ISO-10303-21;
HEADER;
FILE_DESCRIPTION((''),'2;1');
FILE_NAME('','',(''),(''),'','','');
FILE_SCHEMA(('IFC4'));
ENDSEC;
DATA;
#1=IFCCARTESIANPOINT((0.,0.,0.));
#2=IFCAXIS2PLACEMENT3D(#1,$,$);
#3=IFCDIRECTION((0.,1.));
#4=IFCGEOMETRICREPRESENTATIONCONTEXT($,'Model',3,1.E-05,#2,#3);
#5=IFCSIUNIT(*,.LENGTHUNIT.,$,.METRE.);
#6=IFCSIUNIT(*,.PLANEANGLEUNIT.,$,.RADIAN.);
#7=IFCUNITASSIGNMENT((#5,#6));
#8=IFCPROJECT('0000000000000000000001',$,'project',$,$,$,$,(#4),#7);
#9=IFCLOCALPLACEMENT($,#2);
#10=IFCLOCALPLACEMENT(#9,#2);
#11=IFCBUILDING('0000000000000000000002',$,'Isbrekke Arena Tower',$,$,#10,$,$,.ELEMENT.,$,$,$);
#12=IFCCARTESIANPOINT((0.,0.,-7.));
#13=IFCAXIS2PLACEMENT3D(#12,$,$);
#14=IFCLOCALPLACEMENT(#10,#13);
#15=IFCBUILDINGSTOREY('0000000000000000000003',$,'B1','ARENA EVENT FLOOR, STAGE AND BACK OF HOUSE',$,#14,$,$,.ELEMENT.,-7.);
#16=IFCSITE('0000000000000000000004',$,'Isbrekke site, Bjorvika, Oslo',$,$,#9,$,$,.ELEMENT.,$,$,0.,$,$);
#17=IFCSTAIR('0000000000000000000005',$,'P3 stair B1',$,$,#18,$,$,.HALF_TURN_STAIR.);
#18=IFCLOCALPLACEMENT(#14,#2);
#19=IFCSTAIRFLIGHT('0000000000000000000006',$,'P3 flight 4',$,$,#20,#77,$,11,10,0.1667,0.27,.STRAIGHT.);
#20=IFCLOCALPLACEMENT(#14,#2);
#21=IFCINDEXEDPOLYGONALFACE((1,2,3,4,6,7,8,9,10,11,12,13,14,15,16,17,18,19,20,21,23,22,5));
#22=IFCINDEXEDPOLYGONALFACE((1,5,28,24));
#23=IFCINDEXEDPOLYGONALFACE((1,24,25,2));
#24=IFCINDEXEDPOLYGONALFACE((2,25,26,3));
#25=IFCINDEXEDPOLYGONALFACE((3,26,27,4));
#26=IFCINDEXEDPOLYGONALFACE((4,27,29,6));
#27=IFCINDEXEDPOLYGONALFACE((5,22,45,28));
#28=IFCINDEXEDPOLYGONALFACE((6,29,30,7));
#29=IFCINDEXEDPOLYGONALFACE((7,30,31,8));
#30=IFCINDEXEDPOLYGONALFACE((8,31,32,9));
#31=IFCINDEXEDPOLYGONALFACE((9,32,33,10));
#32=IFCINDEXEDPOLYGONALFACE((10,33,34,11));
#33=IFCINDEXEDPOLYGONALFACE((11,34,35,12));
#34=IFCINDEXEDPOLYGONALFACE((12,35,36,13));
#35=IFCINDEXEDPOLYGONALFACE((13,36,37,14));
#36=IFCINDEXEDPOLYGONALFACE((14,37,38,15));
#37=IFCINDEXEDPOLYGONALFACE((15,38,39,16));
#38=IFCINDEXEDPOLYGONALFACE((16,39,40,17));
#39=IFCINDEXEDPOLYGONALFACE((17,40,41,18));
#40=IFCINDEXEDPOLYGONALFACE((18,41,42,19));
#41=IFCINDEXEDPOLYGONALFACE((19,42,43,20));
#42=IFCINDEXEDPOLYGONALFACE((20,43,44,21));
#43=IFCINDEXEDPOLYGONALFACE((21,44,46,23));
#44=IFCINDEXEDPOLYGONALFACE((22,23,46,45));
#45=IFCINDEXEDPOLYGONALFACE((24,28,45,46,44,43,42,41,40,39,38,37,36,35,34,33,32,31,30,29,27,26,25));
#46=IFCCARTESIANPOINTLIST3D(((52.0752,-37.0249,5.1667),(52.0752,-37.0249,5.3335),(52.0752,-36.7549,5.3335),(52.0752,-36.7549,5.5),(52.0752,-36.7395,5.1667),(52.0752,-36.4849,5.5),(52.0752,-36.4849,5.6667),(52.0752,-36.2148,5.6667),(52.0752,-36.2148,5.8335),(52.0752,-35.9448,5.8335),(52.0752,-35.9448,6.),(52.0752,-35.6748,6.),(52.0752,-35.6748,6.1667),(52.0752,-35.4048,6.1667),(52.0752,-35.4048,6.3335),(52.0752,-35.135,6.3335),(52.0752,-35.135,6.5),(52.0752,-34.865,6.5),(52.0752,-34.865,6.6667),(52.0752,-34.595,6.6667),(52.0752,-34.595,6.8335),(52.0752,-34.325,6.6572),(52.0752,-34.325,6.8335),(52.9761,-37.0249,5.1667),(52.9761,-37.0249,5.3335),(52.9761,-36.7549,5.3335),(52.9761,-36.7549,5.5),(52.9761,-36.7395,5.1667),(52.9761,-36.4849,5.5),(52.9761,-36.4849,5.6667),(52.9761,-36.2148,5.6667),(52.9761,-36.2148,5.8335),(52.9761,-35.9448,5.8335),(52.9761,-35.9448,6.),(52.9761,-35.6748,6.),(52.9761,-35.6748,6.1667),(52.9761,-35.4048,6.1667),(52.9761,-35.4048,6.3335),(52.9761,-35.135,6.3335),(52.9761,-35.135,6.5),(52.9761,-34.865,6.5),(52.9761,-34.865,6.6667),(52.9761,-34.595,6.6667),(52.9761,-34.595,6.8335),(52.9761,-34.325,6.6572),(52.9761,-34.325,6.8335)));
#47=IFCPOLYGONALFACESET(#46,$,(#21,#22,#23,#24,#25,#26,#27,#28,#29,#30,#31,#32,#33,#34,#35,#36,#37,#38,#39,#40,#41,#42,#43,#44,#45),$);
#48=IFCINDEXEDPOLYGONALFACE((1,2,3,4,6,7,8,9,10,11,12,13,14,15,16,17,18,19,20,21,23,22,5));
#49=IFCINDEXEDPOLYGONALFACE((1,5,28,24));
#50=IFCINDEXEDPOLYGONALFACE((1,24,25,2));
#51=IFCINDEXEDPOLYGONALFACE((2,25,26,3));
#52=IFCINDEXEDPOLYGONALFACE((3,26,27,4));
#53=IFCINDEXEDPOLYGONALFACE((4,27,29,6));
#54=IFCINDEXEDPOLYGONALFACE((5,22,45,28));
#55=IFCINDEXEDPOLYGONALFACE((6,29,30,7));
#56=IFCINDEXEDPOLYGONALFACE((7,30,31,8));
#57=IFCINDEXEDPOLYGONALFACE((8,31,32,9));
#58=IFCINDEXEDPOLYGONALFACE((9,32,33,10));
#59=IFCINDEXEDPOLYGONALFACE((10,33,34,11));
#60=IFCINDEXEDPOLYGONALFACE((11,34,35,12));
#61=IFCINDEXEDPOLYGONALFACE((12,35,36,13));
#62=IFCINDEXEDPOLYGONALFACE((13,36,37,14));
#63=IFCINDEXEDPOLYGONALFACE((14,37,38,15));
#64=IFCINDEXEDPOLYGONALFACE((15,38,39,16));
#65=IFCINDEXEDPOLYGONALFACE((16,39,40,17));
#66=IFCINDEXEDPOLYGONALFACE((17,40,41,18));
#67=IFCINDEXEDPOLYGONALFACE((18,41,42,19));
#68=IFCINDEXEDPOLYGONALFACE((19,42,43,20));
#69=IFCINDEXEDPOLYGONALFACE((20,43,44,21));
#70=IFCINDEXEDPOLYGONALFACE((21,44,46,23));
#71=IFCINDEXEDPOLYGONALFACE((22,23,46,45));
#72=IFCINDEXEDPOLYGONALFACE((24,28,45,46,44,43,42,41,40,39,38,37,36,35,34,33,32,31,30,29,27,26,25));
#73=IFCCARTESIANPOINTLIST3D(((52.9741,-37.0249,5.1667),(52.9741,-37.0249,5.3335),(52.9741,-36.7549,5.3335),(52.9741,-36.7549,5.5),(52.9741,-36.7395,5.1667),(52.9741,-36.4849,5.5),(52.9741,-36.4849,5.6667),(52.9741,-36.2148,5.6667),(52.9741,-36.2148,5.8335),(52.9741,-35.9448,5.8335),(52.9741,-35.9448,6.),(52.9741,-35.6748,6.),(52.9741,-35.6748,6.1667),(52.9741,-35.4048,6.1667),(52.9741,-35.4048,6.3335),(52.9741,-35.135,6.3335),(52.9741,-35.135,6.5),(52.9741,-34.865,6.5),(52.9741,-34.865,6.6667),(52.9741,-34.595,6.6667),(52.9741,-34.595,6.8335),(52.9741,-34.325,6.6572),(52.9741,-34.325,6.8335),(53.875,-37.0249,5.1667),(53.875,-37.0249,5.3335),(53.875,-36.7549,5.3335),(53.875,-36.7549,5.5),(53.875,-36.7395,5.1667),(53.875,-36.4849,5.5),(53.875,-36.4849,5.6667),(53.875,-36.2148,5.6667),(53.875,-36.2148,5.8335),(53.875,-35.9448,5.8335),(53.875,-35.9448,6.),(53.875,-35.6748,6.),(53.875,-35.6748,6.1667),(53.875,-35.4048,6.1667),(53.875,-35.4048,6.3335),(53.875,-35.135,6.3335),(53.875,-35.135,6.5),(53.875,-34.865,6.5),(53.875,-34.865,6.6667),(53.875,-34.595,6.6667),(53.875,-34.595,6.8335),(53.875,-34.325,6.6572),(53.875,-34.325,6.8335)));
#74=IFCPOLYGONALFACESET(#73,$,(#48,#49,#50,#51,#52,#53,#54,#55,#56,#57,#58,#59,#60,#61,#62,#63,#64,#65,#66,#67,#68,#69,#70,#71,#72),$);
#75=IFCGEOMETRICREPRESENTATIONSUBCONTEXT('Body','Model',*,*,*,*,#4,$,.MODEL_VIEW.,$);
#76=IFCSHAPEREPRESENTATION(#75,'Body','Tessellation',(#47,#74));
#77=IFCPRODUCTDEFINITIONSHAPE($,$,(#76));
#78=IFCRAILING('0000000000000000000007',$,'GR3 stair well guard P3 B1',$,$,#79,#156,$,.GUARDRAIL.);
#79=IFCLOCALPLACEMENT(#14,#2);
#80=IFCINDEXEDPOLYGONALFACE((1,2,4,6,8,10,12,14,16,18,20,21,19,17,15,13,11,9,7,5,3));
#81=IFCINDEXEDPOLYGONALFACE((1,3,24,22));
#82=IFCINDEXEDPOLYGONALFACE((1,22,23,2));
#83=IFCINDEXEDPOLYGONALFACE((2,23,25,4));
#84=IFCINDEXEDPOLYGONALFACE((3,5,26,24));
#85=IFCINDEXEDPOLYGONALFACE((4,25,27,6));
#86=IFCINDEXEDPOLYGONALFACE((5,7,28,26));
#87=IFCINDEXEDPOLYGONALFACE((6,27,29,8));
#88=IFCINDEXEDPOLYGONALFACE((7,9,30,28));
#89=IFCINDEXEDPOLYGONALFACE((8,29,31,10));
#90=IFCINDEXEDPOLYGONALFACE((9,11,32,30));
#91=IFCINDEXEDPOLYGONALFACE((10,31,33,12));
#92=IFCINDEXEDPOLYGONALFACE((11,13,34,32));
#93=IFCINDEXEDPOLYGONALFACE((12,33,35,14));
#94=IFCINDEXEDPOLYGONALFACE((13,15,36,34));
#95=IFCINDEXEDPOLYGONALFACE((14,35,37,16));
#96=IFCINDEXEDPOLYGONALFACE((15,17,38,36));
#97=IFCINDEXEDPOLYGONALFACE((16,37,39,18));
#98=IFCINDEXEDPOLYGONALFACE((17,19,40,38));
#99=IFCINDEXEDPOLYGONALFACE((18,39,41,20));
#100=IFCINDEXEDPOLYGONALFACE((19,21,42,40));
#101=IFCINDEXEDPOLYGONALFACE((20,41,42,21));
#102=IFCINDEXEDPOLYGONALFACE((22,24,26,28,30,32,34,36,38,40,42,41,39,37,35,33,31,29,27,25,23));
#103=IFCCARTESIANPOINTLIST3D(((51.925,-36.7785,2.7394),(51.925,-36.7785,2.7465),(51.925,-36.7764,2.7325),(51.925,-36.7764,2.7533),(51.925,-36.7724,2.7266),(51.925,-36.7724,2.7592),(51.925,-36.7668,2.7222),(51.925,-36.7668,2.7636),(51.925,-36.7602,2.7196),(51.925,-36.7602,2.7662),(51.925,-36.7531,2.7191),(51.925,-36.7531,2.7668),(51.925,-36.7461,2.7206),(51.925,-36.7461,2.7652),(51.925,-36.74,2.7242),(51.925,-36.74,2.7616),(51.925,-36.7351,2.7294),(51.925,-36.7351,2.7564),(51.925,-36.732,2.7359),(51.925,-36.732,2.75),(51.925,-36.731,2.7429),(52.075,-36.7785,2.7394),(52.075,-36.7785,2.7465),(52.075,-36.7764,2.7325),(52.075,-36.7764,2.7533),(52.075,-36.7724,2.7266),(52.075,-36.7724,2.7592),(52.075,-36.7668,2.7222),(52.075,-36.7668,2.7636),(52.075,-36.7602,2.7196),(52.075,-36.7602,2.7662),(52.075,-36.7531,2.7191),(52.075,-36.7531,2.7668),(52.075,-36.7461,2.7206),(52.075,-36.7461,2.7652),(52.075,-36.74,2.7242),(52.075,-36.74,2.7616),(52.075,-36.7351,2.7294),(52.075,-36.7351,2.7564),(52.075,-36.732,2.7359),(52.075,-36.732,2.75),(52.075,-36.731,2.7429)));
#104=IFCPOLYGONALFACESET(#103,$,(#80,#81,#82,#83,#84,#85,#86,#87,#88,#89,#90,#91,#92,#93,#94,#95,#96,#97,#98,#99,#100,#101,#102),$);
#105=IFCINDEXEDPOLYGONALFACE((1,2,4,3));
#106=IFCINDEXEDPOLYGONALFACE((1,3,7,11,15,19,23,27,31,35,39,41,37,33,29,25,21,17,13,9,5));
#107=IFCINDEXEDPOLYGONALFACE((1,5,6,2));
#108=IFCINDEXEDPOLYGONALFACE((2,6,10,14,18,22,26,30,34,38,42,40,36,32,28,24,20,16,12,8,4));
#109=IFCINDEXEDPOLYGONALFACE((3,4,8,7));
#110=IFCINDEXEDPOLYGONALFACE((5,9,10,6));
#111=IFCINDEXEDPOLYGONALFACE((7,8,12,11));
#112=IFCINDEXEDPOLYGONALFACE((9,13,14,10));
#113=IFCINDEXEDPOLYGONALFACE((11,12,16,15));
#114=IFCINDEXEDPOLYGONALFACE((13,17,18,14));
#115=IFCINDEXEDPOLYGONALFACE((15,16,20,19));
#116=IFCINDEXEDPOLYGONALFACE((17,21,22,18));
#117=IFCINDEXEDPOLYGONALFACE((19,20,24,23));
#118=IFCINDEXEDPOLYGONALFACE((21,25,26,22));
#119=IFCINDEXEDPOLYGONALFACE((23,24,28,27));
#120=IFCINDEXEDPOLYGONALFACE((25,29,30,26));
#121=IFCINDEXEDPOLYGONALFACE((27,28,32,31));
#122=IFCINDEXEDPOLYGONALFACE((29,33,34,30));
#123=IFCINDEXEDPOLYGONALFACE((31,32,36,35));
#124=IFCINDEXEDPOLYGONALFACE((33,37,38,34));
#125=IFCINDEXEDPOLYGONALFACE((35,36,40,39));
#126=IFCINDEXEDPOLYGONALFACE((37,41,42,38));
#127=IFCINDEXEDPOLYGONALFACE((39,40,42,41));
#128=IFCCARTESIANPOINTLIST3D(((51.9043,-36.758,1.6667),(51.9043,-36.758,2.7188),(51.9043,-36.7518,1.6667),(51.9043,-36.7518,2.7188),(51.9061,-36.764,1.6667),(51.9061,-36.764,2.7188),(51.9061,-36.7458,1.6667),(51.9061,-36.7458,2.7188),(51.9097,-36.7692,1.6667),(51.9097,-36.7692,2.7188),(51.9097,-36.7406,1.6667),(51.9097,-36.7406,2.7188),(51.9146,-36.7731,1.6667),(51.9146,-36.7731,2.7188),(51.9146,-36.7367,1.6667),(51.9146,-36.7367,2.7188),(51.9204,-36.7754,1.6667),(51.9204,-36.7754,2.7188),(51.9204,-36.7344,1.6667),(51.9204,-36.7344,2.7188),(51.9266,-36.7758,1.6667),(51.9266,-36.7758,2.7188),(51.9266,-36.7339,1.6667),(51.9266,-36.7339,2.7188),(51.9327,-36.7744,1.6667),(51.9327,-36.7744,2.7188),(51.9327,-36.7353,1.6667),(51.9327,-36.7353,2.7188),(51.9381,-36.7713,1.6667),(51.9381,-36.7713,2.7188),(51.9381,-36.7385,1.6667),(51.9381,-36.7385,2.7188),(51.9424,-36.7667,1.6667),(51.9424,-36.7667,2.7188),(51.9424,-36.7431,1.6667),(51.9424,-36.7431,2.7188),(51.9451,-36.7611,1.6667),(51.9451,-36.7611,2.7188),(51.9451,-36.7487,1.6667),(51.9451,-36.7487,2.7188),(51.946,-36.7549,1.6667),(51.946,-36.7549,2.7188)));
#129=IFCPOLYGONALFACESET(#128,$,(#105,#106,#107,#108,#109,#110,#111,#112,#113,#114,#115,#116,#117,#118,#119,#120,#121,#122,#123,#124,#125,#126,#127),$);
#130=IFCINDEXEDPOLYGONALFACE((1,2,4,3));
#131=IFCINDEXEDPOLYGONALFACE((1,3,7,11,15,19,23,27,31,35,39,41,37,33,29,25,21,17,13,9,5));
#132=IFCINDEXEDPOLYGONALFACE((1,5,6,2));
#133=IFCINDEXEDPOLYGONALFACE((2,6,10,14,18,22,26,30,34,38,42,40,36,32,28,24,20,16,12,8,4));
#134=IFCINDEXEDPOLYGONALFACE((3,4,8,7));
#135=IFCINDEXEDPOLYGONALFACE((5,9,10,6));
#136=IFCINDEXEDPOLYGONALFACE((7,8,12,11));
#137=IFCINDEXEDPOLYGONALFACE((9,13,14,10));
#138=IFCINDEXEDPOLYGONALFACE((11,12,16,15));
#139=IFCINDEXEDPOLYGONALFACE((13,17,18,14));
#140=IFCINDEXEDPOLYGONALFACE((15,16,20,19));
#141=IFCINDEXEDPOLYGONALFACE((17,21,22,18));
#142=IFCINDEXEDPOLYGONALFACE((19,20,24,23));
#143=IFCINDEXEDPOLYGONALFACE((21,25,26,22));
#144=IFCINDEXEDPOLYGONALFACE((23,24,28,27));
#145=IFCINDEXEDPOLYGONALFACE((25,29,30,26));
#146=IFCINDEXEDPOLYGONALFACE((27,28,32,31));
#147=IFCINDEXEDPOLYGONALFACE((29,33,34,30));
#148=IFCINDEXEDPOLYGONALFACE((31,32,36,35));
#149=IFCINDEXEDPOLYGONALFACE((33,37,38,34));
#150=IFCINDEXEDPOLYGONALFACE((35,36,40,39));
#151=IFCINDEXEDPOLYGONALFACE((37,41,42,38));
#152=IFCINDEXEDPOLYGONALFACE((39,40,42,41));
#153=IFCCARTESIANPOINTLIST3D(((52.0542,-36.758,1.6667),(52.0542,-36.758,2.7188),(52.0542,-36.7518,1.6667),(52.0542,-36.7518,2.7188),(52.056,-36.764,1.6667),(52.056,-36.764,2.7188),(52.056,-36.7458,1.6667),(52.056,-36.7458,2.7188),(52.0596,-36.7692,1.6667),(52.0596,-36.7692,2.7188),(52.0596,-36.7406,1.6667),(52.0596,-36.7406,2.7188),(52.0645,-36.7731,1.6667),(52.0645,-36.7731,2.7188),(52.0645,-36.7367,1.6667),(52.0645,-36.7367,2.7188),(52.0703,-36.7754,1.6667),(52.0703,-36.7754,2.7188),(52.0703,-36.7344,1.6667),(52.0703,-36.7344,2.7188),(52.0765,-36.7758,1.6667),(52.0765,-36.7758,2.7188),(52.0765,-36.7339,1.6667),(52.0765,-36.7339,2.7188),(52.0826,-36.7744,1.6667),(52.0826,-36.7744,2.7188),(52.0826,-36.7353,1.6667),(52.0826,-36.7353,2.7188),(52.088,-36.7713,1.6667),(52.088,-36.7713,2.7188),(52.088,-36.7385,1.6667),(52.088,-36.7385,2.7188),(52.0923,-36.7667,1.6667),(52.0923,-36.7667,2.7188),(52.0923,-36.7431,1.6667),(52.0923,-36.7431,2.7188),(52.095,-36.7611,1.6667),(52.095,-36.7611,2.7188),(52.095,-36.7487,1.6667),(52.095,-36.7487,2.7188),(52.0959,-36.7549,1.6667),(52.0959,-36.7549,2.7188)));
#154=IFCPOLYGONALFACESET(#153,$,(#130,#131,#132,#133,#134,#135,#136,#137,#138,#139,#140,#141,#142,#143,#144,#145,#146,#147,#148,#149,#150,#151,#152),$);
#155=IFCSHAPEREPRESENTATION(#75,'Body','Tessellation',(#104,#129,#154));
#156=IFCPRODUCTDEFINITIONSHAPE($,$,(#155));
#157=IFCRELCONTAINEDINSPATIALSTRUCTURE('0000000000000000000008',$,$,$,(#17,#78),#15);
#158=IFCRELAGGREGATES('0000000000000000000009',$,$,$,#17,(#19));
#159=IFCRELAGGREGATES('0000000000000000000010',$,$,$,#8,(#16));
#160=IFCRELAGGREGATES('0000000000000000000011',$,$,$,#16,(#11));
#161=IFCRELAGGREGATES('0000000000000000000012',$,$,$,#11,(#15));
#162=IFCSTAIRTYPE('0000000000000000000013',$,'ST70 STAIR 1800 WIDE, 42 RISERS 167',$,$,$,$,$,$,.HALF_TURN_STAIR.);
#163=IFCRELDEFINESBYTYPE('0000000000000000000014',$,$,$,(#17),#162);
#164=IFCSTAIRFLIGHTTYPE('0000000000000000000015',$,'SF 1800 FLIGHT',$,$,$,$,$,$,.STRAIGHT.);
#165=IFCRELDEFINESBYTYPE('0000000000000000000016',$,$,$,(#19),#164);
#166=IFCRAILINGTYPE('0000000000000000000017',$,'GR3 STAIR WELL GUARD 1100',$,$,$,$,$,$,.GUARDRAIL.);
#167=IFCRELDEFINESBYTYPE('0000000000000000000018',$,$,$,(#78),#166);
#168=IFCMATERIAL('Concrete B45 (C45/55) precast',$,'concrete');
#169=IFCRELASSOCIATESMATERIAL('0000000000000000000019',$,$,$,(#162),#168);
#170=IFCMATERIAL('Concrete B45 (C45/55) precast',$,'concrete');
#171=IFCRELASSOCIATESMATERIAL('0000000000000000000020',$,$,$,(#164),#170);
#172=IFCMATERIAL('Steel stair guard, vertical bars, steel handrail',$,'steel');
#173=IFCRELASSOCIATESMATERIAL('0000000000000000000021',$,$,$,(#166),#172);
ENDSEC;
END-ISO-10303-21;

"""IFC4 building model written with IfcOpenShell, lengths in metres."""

from ifc_helpers import new_model, si_unit, direction, frame, origin, origin_2d, place, context, subcontext, project, spatial, polyline, circle, outline, extrude, material, type_object, element, aggregate, save


model = new_model("IFC4")

# Units and contexts
model_context = context("Model", 3, precision=1e-05, world=origin(), true_north=direction((0.0, 1.0)))
body_context = subcontext(model_context, "Body", "Model", "MODEL_VIEW")
ifc_project = project(units=[si_unit("LENGTHUNIT", "METRE"), si_unit("PLANEANGLEUNIT", "RADIAN")], contexts=[model_context])

# Site, building, storey
site_placement = place(None, origin())
site = spatial("IfcSite", under=ifc_project, at=site_placement, Name="Isbrekke site, Bjorvika, Oslo", CompositionType="ELEMENT", RefElevation=0.0)
building_placement = place(site_placement, origin())
building = spatial("IfcBuilding", under=site, at=building_placement, Name="Isbrekke Arena Tower", CompositionType="ELEMENT")
storey_placement = place(building_placement, frame((0.0, 0.0, -7.0)))
storey = spatial("IfcBuildingStorey", under=building, at=storey_placement, Name="B1", Description="ARENA EVENT FLOOR, STAGE AND BACK OF HOUSE", CompositionType="ELEMENT", Elevation=-7.0)

# Stair, stair flight
ifc_material_1 = material(Name="Concrete B45 (C45/55) precast", Category="concrete")
stair_type = type_object("IfcStairType", Name="ST70 STAIR 1800 WIDE, 42 RISERS 167", PredefinedType="HALF_TURN_STAIR", material=ifc_material_1)
stair_placement = place(storey_placement, origin())
stair = element("IfcStair", 1, at=stair_placement, inside=storey, type_object=stair_type, Name="P3 stair B1", PredefinedType="HALF_TURN_STAIR")
ifc_material_2 = material(Name="Concrete B45 (C45/55) precast", Category="concrete")
stair_flight_type = type_object("IfcStairFlightType", Name="SF 1800 FLIGHT", PredefinedType="STRAIGHT", material=ifc_material_2)
stair_flight_1_placement = place(storey_placement, frame((52.9751, -37.0249, 5.1667), z_axis=(0.0, 0.0, 1.0), x_axis=(0.0, 1.0, 0.0)))
stair_flight_1 = element("IfcStairFlight", 2, at=stair_flight_1_placement, type_object=stair_flight_type, Name="P3 flight 4", NumberOfRisers=11, NumberOfTreads=10, PredefinedType="STRAIGHT", RiserHeight=0.1667, TreadLength=0.27, context=body_context, shape_type="SweptSolid", body=[
    extrude(outline(polyline([(0.0, 0.0), (0.0, 0.1667), (0.27, 0.1667), (0.27, 0.3333), (0.54, 0.3333), (0.54, 0.5), (0.8101, 0.5), (0.8101, 0.6667), (1.0801, 0.6667), (1.0801, 0.8333), (1.3501, 0.8333), (1.3501, 1.0), (1.6201, 1.0), (1.6201, 1.1667), (1.8899, 1.1667), (1.8899, 1.3333), (2.1599, 1.3333), (2.1599, 1.5), (2.4299, 1.5), (2.4299, 1.6667), (2.7, 1.6667), (2.7, 1.8333), (2.7, 1.4905), (0.2854, 0.0), (0.0, 0.0)])), frame((0.0, 0.8999, 0.0), z_axis=(0.0, -1.0, 0.0), x_axis=(1.0, 0.0, 0.0)), (0.0, 0.0, 1.0), 0.9009),
    extrude(outline(polyline([(0.0, 0.0), (0.0, 0.1667), (0.27, 0.1667), (0.27, 0.3333), (0.54, 0.3333), (0.54, 0.5), (0.8101, 0.5), (0.8101, 0.6667), (1.0801, 0.6667), (1.0801, 0.8333), (1.3501, 0.8333), (1.3501, 1.0), (1.6201, 1.0), (1.6201, 1.1667), (1.8899, 1.1667), (1.8899, 1.3333), (2.1599, 1.3333), (2.1599, 1.5), (2.4299, 1.5), (2.4299, 1.6667), (2.7, 1.6667), (2.7, 1.8333), (2.7, 1.4905), (0.2854, 0.0), (0.0, 0.0)])), frame((0.0, 0.001, 0.0), z_axis=(0.0, -1.0, 0.0), x_axis=(1.0, 0.0, 0.0)), (0.0, 0.0, 1.0), 0.9009),
])
aggregate(stair, [stair_flight_1])

# Railing
ifc_material_3 = material(Name="Steel stair guard, vertical bars, steel handrail", Category="steel")
railing_type = type_object("IfcRailingType", Name="GR3 STAIR WELL GUARD 1100", PredefinedType="GUARDRAIL", material=ifc_material_3)
for number, where, name in (
    (3, (51.925, -36.7549, 1.6667), "GR3 stair well guard P3 B1"),
):
    element("IfcRailing", number, at=place(storey_placement, frame(where)), inside=storey, type_object=railing_type, Name=name, PredefinedType="GUARDRAIL", context=body_context, shape_type="SweptSolid", body=[
        extrude(circle(Radius=0.0239, at=origin_2d()), frame((0.0, 0.0, 1.0762), z_axis=(1.0, 0.0, 0.0), x_axis=(0.0, 1.0, 0.0)), (0.0, 0.0, 1.0), 0.1499),
        extrude(circle(Radius=0.021, at=origin_2d()), origin(), (0.0, 0.0, 1.0), 1.052),
        extrude(circle(Radius=0.021, at=origin_2d()), frame((0.1499, 0.0, 0.0)), (0.0, 0.0, 1.0), 1.052),
    ])

save(model, "model.ifc")
